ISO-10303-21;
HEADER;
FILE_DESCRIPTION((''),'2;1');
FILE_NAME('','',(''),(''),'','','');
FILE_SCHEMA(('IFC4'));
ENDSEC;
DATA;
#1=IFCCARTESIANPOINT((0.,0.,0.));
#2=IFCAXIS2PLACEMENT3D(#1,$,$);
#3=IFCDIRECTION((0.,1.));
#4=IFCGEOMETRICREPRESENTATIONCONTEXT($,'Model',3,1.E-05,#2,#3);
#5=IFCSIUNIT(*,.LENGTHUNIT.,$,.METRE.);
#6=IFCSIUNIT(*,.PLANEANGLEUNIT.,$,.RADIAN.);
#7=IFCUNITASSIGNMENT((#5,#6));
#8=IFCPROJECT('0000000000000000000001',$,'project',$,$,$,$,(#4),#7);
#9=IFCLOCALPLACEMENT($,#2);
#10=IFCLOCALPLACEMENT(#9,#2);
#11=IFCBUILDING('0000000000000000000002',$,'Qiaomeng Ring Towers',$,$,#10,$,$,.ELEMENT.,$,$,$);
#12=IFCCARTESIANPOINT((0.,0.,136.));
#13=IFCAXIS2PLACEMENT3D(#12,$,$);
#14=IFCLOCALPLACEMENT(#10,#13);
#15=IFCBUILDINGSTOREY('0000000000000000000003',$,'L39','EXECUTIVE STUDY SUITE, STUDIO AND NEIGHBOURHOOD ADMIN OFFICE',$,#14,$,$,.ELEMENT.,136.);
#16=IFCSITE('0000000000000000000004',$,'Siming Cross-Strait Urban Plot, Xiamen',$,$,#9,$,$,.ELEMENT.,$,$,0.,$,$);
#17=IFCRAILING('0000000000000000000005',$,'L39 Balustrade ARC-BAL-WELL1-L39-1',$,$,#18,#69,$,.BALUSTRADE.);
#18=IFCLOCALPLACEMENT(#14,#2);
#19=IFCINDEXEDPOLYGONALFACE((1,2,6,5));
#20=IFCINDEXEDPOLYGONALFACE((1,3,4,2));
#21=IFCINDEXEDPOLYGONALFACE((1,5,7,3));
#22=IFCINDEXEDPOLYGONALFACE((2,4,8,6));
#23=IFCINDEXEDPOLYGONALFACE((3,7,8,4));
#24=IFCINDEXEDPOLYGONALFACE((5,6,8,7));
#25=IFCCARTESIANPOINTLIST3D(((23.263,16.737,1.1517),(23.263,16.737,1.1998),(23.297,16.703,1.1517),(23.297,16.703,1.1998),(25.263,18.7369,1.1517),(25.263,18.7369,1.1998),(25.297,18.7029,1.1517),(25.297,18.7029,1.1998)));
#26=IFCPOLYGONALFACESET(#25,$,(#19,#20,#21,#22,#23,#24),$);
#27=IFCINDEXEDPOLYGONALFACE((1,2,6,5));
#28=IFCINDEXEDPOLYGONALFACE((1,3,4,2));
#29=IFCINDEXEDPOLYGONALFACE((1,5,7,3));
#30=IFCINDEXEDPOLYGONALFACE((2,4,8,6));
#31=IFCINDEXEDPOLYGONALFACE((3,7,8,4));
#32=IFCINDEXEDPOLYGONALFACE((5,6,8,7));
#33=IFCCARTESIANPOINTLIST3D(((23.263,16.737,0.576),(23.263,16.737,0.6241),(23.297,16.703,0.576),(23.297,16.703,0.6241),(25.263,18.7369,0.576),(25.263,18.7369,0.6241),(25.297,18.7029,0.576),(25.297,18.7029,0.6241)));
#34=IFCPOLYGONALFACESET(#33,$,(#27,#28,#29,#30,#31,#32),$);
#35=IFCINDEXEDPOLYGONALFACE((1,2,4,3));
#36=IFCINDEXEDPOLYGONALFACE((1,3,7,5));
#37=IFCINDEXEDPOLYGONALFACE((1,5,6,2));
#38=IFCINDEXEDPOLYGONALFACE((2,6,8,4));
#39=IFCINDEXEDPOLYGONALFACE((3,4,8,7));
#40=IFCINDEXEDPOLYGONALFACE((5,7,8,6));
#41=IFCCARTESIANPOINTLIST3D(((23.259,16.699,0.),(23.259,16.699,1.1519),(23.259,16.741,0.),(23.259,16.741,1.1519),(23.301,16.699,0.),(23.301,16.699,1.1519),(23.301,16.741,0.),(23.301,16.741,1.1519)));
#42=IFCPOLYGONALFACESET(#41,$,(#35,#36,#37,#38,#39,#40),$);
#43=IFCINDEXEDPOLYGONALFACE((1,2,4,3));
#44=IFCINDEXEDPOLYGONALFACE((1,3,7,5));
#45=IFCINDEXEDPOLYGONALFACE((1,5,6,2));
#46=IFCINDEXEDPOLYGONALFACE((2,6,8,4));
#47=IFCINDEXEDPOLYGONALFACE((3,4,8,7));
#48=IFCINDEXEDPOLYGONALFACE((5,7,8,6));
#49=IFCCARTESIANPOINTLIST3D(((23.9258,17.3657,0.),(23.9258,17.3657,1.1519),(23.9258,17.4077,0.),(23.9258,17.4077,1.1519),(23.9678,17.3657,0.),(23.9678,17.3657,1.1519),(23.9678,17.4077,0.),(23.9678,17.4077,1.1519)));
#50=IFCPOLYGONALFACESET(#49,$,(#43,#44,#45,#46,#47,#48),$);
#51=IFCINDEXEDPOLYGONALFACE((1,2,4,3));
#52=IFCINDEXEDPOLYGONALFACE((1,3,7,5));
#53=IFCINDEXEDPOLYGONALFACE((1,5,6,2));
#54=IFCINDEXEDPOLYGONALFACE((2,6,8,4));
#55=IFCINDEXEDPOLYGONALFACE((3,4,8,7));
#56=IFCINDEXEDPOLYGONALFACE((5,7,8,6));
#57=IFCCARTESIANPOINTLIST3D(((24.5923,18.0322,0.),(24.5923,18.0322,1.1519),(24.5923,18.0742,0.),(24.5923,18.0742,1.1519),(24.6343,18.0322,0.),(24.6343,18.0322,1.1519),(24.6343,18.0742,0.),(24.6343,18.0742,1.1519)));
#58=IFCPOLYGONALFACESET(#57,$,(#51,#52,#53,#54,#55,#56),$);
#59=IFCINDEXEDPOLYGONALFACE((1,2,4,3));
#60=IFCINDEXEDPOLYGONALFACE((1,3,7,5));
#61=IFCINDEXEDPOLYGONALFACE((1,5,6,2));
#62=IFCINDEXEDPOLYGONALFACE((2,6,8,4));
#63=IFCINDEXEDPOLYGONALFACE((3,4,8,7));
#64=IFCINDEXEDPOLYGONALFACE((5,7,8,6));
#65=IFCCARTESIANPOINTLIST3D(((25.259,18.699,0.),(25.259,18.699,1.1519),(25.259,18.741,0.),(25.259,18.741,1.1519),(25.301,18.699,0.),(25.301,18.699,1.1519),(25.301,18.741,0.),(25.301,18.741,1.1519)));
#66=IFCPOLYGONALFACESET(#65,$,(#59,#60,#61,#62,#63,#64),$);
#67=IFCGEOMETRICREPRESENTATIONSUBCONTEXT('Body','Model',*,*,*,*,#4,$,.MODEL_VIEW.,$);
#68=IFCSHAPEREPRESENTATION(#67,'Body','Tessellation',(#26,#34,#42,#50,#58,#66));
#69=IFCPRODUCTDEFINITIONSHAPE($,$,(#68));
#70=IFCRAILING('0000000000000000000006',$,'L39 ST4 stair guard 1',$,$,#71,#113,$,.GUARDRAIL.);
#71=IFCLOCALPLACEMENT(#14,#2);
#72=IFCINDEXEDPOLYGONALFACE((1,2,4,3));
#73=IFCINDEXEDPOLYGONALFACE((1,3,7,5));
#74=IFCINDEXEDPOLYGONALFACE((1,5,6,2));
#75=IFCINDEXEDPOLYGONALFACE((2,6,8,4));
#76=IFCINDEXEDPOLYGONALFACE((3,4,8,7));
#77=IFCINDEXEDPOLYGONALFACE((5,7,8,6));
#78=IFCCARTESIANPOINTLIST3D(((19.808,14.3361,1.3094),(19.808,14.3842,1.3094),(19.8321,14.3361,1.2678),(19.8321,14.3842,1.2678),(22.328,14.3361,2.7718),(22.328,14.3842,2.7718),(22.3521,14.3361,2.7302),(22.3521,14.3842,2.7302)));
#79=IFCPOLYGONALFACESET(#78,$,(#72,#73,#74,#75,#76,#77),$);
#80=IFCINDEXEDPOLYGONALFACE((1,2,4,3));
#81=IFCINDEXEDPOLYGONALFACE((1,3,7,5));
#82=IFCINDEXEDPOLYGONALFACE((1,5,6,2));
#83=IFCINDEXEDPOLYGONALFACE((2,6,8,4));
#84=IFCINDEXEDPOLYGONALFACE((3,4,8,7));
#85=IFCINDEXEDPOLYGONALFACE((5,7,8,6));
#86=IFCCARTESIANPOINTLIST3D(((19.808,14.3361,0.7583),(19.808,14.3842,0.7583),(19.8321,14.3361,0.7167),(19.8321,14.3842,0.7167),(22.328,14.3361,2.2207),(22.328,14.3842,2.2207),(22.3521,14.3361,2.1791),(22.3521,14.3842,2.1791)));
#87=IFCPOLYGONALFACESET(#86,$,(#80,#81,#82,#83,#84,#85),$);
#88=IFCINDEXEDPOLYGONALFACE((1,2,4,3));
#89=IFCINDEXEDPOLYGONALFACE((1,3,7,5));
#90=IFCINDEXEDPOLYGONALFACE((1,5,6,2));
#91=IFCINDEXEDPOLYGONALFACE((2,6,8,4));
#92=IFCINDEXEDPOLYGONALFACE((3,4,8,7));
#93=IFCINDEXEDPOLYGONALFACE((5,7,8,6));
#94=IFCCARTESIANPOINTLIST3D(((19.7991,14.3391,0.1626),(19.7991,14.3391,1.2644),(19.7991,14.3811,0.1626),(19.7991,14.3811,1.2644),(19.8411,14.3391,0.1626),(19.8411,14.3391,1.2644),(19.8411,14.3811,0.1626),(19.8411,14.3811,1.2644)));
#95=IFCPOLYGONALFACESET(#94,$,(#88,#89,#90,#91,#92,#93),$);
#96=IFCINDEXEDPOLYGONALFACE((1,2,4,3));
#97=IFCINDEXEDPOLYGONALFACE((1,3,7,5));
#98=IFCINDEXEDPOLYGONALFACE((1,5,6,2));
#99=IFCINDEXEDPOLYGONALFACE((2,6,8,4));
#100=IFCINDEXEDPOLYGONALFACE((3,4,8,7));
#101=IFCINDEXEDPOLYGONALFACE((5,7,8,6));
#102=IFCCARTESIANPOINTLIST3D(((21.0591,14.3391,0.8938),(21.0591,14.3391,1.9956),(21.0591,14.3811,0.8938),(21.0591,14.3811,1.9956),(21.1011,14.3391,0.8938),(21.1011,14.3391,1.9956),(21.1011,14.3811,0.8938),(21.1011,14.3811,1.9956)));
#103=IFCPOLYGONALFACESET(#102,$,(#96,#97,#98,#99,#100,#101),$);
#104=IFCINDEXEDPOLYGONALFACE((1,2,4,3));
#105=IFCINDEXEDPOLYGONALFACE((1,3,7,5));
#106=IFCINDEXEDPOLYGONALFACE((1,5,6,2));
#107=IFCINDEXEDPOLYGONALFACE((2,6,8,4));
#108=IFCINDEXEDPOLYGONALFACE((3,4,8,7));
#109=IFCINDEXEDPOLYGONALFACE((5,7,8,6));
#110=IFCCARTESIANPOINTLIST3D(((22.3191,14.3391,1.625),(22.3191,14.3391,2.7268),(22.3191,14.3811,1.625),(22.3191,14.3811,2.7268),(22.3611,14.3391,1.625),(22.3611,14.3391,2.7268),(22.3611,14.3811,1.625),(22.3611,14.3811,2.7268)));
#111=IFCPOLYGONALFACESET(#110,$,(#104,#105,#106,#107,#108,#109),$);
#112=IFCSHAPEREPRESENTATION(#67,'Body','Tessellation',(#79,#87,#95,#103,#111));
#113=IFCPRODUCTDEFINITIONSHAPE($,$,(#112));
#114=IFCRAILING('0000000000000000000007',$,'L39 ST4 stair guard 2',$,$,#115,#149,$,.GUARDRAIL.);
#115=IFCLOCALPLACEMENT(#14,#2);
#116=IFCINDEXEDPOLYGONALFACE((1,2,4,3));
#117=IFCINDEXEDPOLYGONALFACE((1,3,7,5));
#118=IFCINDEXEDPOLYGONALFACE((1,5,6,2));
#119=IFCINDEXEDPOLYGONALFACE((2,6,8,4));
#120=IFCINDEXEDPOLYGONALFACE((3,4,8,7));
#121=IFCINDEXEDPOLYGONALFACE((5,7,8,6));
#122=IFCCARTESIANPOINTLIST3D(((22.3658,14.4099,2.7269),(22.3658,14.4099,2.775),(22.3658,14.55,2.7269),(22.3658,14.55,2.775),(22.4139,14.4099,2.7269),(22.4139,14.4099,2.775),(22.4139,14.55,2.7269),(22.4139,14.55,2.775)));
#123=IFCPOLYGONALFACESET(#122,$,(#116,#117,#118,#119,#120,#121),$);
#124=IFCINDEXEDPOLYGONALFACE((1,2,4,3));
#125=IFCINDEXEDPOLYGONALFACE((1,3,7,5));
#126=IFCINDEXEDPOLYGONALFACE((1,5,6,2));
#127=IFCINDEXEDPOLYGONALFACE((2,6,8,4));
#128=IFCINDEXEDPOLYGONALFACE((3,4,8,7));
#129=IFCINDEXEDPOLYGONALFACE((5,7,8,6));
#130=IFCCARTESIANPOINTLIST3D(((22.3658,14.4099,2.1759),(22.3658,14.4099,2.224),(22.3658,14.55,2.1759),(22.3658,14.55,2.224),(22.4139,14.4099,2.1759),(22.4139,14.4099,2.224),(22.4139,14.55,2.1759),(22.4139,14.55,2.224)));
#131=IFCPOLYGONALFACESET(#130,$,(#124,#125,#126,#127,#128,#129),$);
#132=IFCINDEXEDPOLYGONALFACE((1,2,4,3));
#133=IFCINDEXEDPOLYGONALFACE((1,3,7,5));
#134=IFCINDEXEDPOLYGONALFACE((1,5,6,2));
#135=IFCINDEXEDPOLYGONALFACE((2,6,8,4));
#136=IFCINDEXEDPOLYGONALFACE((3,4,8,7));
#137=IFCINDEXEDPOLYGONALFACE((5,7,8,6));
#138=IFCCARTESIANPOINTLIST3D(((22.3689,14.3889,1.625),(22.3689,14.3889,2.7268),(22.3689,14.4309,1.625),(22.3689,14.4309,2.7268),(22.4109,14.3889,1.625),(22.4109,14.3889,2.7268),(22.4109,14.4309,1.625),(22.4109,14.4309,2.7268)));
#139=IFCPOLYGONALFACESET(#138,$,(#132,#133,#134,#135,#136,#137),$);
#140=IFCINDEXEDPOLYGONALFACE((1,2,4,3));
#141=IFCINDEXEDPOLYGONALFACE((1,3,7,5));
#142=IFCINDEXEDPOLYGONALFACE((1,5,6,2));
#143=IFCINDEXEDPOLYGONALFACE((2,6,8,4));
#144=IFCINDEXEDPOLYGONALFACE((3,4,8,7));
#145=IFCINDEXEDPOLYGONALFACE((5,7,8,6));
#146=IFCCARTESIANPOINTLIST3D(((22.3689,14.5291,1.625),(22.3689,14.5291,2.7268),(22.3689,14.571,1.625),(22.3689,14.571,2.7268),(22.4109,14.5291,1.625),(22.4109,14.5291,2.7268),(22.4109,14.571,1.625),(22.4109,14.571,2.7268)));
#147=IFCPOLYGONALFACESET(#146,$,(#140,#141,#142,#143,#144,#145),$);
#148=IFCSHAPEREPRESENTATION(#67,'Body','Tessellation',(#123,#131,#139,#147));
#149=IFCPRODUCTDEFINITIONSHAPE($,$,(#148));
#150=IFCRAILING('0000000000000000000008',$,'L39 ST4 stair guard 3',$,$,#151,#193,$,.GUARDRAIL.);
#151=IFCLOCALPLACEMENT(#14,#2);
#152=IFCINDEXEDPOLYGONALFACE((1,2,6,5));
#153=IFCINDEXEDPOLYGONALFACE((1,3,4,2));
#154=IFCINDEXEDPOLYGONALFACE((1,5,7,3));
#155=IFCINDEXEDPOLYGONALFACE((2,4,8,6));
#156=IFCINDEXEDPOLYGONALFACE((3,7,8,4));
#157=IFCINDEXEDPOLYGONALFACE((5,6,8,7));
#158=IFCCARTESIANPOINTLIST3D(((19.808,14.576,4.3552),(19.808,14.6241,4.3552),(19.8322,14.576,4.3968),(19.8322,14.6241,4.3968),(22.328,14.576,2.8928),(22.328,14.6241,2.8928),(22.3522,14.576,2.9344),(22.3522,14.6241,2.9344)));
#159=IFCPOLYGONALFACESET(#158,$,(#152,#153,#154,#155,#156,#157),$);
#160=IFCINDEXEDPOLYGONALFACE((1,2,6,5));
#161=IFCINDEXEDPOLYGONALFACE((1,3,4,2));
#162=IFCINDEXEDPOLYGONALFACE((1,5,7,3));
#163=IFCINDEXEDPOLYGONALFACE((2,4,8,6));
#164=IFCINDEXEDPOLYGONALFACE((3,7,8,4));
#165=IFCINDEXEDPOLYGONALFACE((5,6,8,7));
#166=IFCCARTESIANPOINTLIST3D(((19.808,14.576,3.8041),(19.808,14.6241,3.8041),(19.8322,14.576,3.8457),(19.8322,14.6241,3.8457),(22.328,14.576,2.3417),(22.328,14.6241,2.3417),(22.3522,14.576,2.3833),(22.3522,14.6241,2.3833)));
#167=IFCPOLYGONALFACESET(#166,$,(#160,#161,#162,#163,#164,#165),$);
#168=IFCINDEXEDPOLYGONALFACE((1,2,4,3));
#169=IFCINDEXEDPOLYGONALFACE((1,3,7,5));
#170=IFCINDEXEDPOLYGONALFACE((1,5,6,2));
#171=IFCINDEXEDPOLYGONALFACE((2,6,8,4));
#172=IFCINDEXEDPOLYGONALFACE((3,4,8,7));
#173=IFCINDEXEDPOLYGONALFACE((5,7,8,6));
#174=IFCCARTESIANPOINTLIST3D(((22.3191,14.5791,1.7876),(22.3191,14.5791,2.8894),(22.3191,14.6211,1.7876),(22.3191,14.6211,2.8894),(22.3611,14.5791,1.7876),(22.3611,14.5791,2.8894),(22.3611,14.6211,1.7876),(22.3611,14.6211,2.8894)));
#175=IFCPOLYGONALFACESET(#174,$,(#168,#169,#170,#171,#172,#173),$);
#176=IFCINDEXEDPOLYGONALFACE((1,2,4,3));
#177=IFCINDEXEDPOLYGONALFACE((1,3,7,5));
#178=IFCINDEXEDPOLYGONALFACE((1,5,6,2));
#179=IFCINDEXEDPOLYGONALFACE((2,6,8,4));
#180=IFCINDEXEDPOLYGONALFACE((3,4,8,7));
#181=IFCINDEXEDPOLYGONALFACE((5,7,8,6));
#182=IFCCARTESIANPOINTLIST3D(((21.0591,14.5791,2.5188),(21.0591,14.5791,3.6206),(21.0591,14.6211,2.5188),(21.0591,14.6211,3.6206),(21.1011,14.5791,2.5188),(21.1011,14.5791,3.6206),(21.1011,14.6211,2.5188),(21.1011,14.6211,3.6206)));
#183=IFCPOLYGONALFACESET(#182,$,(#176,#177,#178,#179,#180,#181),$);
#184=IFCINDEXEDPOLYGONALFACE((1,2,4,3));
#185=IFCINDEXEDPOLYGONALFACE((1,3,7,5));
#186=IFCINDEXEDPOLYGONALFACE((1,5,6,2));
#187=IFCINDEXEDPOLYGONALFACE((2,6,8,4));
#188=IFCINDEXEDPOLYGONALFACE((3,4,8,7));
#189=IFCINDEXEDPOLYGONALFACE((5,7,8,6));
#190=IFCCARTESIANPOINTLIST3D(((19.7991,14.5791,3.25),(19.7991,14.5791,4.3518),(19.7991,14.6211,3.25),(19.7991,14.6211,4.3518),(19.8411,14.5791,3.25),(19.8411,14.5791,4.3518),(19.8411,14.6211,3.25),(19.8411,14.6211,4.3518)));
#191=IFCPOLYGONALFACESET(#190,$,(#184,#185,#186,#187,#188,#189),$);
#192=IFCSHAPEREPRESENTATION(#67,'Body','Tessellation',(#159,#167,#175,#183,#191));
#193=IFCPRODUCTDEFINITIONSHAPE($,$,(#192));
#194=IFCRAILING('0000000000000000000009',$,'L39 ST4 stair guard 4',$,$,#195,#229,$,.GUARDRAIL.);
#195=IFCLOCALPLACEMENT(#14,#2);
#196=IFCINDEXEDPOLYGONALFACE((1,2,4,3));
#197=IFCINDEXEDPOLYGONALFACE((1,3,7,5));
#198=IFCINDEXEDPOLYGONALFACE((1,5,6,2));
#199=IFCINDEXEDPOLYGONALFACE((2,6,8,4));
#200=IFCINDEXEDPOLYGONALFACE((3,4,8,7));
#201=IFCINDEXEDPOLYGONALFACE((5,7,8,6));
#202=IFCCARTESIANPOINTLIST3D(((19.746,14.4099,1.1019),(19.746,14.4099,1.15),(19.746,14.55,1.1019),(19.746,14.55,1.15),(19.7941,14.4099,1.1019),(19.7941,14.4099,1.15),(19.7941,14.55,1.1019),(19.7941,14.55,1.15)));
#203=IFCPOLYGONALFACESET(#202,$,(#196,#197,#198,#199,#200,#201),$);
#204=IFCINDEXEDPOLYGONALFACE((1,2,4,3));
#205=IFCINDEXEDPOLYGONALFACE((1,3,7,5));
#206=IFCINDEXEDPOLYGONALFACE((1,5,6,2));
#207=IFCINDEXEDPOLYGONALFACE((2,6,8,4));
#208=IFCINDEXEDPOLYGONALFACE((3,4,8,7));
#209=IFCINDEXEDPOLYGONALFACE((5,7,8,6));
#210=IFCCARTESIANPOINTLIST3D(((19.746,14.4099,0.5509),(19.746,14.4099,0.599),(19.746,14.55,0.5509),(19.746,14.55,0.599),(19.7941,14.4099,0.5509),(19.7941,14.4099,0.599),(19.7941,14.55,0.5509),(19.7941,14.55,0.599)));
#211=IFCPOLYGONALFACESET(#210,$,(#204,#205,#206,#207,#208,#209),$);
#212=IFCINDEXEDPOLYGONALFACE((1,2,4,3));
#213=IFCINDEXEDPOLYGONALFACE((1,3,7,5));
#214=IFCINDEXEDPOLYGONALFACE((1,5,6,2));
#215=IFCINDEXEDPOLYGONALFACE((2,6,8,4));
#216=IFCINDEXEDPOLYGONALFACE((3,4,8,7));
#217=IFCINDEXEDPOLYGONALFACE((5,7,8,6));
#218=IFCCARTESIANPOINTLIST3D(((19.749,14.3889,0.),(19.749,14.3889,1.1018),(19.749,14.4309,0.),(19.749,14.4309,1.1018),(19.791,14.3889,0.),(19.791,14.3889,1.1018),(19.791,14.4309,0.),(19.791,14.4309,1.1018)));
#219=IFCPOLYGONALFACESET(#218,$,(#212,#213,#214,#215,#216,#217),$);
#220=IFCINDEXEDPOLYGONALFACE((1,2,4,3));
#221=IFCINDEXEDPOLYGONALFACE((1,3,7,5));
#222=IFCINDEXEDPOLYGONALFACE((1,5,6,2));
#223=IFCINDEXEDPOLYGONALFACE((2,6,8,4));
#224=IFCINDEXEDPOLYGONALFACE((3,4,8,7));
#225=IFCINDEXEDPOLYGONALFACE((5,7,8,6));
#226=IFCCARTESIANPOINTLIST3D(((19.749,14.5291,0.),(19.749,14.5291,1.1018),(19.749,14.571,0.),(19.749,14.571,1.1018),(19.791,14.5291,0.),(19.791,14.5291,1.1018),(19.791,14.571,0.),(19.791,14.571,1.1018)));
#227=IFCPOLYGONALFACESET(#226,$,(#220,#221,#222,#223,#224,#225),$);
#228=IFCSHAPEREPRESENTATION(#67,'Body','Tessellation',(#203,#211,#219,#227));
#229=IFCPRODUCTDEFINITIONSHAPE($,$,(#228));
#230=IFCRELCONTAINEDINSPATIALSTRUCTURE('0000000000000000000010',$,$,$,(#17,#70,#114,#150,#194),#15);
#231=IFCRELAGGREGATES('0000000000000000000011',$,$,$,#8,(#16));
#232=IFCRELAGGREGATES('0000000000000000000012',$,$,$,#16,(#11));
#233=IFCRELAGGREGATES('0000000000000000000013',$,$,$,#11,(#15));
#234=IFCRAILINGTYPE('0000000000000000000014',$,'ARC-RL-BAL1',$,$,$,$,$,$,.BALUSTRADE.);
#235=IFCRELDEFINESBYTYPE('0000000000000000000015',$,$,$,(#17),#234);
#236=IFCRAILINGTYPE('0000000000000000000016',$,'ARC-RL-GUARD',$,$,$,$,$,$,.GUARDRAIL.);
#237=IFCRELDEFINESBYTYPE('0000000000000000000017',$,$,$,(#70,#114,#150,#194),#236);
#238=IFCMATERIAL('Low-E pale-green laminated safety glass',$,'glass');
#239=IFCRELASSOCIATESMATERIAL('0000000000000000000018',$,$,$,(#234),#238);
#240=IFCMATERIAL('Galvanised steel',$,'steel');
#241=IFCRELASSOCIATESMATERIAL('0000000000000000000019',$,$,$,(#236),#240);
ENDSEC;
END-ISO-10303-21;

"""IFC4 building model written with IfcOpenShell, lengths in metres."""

from ifc_helpers import new_model, si_unit, direction, frame, origin, origin_2d, place, context, subcontext, project, spatial, rectangle, extrude, material, type_object, element, save


model = new_model("IFC4")

# Units and contexts
model_context = context("Model", 3, precision=1e-05, world=origin(), true_north=direction((0.0, 1.0)))
body_context = subcontext(model_context, "Body", "Model", "MODEL_VIEW")
ifc_project = project(units=[si_unit("LENGTHUNIT", "METRE"), si_unit("PLANEANGLEUNIT", "RADIAN")], contexts=[model_context])

# Site, building, storey
site_placement = place(None, origin())
site = spatial("IfcSite", under=ifc_project, at=site_placement, Name="Siming Cross-Strait Urban Plot, Xiamen", CompositionType="ELEMENT", RefElevation=0.0)
building_placement = place(site_placement, origin())
building = spatial("IfcBuilding", under=site, at=building_placement, Name="Qiaomeng Ring Towers", CompositionType="ELEMENT")
storey_placement = place(building_placement, frame((0.0, 0.0, 136.0)))
storey = spatial("IfcBuildingStorey", under=building, at=storey_placement, Name="L39", Description="EXECUTIVE STUDY SUITE, STUDIO AND NEIGHBOURHOOD ADMIN OFFICE", CompositionType="ELEMENT", Elevation=136.0)

# Shared definitions
ifc_material_1 = material(Name="Galvanised steel", Category="steel")

# Railings
ifc_material_2 = material(Name="Low-E pale-green laminated safety glass", Category="glass")
railing_type_1 = type_object("IfcRailingType", Name="ARC-RL-BAL1", PredefinedType="BALUSTRADE", material=ifc_material_2)
railing_1_placement = place(storey_placement, frame((23.28, 16.72, 0.0)))
element("IfcRailing", 1, at=railing_1_placement, inside=storey, type_object=railing_type_1, Name="L39 Balustrade ARC-BAL-WELL1-L39-1", PredefinedType="BALUSTRADE", context=body_context, shape_type="SweptSolid", body=[
    extrude(rectangle(XDim=0.0481, YDim=0.0481, at=origin_2d()), frame((0.0, 0.0, 1.1758), z_axis=(0.707107, 0.707107, 0.0), x_axis=(-0.707107, 0.707107, 0.0)), (0.0, 0.0, 1.0), 2.8284),
    extrude(rectangle(XDim=0.0481, YDim=0.0481, at=origin_2d()), frame((0.0, 0.0, 0.6001), z_axis=(0.707107, 0.707107, 0.0), x_axis=(-0.707107, 0.707107, 0.0)), (0.0, 0.0, 1.0), 2.8284),
    extrude(rectangle(XDim=0.042, YDim=0.042, at=origin_2d()), origin(), (0.0, 0.0, 1.0), 1.1519),
    extrude(rectangle(XDim=0.042, YDim=0.042, at=origin_2d()), frame((0.6667, 0.6667, 0.0)), (0.0, 0.0, 1.0), 1.1519),
    extrude(rectangle(XDim=0.042, YDim=0.042, at=origin_2d()), frame((1.3333, 1.3333, 0.0)), (0.0, 0.0, 1.0), 1.1519),
    extrude(rectangle(XDim=0.042, YDim=0.042, at=origin_2d()), frame((2.0, 2.0, 0.0)), (0.0, 0.0, 1.0), 1.1519),
])
railing_type_2 = type_object("IfcRailingType", Name="ARC-RL-GUARD", PredefinedType="GUARDRAIL", material=ifc_material_1)
railing_2_placement = place(storey_placement, frame((19.8201, 14.3601, 0.1626)))
element("IfcRailing", 2, at=railing_2_placement, inside=storey, type_object=railing_type_2, Name="L39 ST4 stair guard 1", PredefinedType="GUARDRAIL", context=body_context, shape_type="SweptSolid", body=[
    extrude(rectangle(XDim=0.0481, YDim=0.0481, at=origin_2d()), frame((0.0, 0.0, 1.126), z_axis=(0.864913, 0.0, 0.501921), x_axis=(0.0, 1.0, 0.0)), (0.0, 0.0, 1.0), 2.9136),
    extrude(rectangle(XDim=0.0481, YDim=0.0481, at=origin_2d()), frame((0.0, 0.0, 0.575), z_axis=(0.864913, 0.0, 0.501921), x_axis=(0.0, 1.0, 0.0)), (0.0, 0.0, 1.0), 2.9136),
    extrude(rectangle(XDim=0.042, YDim=0.042, at=origin_2d()), origin(), (0.0, 0.0, 1.0), 1.1018),
    extrude(rectangle(XDim=0.042, YDim=0.042, at=origin_2d()), frame((1.26, 0.0, 0.7312)), (0.0, 0.0, 1.0), 1.1018),
    extrude(rectangle(XDim=0.042, YDim=0.042, at=origin_2d()), frame((2.52, 0.0, 1.4624)), (0.0, 0.0, 1.0), 1.1018),
])
railing_3_placement = place(storey_placement, frame((22.3899, 14.4099, 1.625)))
element("IfcRailing", 3, at=railing_3_placement, inside=storey, type_object=railing_type_2, Name="L39 ST4 stair guard 2", PredefinedType="GUARDRAIL", context=body_context, shape_type="SweptSolid", body=[
    extrude(rectangle(XDim=0.0481, YDim=0.0481, at=origin_2d()), frame((0.0, 0.0, 1.126), z_axis=(0.0, 1.0, 0.0), x_axis=(-1.0, 0.0, 0.0)), (0.0, 0.0, 1.0), 0.1401),
    extrude(rectangle(XDim=0.0481, YDim=0.0481, at=origin_2d()), frame((0.0, 0.0, 0.575), z_axis=(0.0, 1.0, 0.0), x_axis=(-1.0, 0.0, 0.0)), (0.0, 0.0, 1.0), 0.1401),
    extrude(rectangle(XDim=0.042, YDim=0.042, at=origin_2d()), origin(), (0.0, 0.0, 1.0), 1.1018),
    extrude(rectangle(XDim=0.042, YDim=0.042, at=origin_2d()), frame((0.0, 0.1401, 0.0)), (0.0, 0.0, 1.0), 1.1018),
])
railing_4_placement = place(storey_placement, frame((22.3401, 14.6001, 1.7876)))
element("IfcRailing", 4, at=railing_4_placement, inside=storey, type_object=railing_type_2, Name="L39 ST4 stair guard 3", PredefinedType="GUARDRAIL", context=body_context, shape_type="SweptSolid", body=[
    extrude(rectangle(XDim=0.0481, YDim=0.0481, at=origin_2d()), frame((0.0, 0.0, 1.126), z_axis=(-0.864913, 0.0, 0.501921), x_axis=(0.0, -1.0, 0.0)), (0.0, 0.0, 1.0), 2.9136),
    extrude(rectangle(XDim=0.0481, YDim=0.0481, at=origin_2d()), frame((0.0, 0.0, 0.575), z_axis=(-0.864913, 0.0, 0.501921), x_axis=(0.0, -1.0, 0.0)), (0.0, 0.0, 1.0), 2.9136),
    extrude(rectangle(XDim=0.042, YDim=0.042, at=origin_2d()), origin(), (0.0, 0.0, 1.0), 1.1018),
    extrude(rectangle(XDim=0.042, YDim=0.042, at=origin_2d()), frame((-1.26, 0.0, 0.7312)), (0.0, 0.0, 1.0), 1.1018),
    extrude(rectangle(XDim=0.042, YDim=0.042, at=origin_2d()), frame((-2.52, 0.0, 1.4624)), (0.0, 0.0, 1.0), 1.1018),
])
railing_5_placement = place(storey_placement, frame((19.77, 14.4099, 0.0)))
element("IfcRailing", 5, at=railing_5_placement, inside=storey, type_object=railing_type_2, Name="L39 ST4 stair guard 4", PredefinedType="GUARDRAIL", context=body_context, shape_type="SweptSolid", body=[
    extrude(rectangle(XDim=0.0481, YDim=0.0481, at=origin_2d()), frame((0.0, 0.0, 1.126), z_axis=(0.0, 1.0, 0.0), x_axis=(-1.0, 0.0, 0.0)), (0.0, 0.0, 1.0), 0.1401),
    extrude(rectangle(XDim=0.0481, YDim=0.0481, at=origin_2d()), frame((0.0, 0.0, 0.575), z_axis=(0.0, 1.0, 0.0), x_axis=(-1.0, 0.0, 0.0)), (0.0, 0.0, 1.0), 0.1401),
    extrude(rectangle(XDim=0.042, YDim=0.042, at=origin_2d()), origin(), (0.0, 0.0, 1.0), 1.1018),
    extrude(rectangle(XDim=0.042, YDim=0.042, at=origin_2d()), frame((0.0, 0.1401, 0.0)), (0.0, 0.0, 1.0), 1.1018),
])

save(model, "model.ifc")
